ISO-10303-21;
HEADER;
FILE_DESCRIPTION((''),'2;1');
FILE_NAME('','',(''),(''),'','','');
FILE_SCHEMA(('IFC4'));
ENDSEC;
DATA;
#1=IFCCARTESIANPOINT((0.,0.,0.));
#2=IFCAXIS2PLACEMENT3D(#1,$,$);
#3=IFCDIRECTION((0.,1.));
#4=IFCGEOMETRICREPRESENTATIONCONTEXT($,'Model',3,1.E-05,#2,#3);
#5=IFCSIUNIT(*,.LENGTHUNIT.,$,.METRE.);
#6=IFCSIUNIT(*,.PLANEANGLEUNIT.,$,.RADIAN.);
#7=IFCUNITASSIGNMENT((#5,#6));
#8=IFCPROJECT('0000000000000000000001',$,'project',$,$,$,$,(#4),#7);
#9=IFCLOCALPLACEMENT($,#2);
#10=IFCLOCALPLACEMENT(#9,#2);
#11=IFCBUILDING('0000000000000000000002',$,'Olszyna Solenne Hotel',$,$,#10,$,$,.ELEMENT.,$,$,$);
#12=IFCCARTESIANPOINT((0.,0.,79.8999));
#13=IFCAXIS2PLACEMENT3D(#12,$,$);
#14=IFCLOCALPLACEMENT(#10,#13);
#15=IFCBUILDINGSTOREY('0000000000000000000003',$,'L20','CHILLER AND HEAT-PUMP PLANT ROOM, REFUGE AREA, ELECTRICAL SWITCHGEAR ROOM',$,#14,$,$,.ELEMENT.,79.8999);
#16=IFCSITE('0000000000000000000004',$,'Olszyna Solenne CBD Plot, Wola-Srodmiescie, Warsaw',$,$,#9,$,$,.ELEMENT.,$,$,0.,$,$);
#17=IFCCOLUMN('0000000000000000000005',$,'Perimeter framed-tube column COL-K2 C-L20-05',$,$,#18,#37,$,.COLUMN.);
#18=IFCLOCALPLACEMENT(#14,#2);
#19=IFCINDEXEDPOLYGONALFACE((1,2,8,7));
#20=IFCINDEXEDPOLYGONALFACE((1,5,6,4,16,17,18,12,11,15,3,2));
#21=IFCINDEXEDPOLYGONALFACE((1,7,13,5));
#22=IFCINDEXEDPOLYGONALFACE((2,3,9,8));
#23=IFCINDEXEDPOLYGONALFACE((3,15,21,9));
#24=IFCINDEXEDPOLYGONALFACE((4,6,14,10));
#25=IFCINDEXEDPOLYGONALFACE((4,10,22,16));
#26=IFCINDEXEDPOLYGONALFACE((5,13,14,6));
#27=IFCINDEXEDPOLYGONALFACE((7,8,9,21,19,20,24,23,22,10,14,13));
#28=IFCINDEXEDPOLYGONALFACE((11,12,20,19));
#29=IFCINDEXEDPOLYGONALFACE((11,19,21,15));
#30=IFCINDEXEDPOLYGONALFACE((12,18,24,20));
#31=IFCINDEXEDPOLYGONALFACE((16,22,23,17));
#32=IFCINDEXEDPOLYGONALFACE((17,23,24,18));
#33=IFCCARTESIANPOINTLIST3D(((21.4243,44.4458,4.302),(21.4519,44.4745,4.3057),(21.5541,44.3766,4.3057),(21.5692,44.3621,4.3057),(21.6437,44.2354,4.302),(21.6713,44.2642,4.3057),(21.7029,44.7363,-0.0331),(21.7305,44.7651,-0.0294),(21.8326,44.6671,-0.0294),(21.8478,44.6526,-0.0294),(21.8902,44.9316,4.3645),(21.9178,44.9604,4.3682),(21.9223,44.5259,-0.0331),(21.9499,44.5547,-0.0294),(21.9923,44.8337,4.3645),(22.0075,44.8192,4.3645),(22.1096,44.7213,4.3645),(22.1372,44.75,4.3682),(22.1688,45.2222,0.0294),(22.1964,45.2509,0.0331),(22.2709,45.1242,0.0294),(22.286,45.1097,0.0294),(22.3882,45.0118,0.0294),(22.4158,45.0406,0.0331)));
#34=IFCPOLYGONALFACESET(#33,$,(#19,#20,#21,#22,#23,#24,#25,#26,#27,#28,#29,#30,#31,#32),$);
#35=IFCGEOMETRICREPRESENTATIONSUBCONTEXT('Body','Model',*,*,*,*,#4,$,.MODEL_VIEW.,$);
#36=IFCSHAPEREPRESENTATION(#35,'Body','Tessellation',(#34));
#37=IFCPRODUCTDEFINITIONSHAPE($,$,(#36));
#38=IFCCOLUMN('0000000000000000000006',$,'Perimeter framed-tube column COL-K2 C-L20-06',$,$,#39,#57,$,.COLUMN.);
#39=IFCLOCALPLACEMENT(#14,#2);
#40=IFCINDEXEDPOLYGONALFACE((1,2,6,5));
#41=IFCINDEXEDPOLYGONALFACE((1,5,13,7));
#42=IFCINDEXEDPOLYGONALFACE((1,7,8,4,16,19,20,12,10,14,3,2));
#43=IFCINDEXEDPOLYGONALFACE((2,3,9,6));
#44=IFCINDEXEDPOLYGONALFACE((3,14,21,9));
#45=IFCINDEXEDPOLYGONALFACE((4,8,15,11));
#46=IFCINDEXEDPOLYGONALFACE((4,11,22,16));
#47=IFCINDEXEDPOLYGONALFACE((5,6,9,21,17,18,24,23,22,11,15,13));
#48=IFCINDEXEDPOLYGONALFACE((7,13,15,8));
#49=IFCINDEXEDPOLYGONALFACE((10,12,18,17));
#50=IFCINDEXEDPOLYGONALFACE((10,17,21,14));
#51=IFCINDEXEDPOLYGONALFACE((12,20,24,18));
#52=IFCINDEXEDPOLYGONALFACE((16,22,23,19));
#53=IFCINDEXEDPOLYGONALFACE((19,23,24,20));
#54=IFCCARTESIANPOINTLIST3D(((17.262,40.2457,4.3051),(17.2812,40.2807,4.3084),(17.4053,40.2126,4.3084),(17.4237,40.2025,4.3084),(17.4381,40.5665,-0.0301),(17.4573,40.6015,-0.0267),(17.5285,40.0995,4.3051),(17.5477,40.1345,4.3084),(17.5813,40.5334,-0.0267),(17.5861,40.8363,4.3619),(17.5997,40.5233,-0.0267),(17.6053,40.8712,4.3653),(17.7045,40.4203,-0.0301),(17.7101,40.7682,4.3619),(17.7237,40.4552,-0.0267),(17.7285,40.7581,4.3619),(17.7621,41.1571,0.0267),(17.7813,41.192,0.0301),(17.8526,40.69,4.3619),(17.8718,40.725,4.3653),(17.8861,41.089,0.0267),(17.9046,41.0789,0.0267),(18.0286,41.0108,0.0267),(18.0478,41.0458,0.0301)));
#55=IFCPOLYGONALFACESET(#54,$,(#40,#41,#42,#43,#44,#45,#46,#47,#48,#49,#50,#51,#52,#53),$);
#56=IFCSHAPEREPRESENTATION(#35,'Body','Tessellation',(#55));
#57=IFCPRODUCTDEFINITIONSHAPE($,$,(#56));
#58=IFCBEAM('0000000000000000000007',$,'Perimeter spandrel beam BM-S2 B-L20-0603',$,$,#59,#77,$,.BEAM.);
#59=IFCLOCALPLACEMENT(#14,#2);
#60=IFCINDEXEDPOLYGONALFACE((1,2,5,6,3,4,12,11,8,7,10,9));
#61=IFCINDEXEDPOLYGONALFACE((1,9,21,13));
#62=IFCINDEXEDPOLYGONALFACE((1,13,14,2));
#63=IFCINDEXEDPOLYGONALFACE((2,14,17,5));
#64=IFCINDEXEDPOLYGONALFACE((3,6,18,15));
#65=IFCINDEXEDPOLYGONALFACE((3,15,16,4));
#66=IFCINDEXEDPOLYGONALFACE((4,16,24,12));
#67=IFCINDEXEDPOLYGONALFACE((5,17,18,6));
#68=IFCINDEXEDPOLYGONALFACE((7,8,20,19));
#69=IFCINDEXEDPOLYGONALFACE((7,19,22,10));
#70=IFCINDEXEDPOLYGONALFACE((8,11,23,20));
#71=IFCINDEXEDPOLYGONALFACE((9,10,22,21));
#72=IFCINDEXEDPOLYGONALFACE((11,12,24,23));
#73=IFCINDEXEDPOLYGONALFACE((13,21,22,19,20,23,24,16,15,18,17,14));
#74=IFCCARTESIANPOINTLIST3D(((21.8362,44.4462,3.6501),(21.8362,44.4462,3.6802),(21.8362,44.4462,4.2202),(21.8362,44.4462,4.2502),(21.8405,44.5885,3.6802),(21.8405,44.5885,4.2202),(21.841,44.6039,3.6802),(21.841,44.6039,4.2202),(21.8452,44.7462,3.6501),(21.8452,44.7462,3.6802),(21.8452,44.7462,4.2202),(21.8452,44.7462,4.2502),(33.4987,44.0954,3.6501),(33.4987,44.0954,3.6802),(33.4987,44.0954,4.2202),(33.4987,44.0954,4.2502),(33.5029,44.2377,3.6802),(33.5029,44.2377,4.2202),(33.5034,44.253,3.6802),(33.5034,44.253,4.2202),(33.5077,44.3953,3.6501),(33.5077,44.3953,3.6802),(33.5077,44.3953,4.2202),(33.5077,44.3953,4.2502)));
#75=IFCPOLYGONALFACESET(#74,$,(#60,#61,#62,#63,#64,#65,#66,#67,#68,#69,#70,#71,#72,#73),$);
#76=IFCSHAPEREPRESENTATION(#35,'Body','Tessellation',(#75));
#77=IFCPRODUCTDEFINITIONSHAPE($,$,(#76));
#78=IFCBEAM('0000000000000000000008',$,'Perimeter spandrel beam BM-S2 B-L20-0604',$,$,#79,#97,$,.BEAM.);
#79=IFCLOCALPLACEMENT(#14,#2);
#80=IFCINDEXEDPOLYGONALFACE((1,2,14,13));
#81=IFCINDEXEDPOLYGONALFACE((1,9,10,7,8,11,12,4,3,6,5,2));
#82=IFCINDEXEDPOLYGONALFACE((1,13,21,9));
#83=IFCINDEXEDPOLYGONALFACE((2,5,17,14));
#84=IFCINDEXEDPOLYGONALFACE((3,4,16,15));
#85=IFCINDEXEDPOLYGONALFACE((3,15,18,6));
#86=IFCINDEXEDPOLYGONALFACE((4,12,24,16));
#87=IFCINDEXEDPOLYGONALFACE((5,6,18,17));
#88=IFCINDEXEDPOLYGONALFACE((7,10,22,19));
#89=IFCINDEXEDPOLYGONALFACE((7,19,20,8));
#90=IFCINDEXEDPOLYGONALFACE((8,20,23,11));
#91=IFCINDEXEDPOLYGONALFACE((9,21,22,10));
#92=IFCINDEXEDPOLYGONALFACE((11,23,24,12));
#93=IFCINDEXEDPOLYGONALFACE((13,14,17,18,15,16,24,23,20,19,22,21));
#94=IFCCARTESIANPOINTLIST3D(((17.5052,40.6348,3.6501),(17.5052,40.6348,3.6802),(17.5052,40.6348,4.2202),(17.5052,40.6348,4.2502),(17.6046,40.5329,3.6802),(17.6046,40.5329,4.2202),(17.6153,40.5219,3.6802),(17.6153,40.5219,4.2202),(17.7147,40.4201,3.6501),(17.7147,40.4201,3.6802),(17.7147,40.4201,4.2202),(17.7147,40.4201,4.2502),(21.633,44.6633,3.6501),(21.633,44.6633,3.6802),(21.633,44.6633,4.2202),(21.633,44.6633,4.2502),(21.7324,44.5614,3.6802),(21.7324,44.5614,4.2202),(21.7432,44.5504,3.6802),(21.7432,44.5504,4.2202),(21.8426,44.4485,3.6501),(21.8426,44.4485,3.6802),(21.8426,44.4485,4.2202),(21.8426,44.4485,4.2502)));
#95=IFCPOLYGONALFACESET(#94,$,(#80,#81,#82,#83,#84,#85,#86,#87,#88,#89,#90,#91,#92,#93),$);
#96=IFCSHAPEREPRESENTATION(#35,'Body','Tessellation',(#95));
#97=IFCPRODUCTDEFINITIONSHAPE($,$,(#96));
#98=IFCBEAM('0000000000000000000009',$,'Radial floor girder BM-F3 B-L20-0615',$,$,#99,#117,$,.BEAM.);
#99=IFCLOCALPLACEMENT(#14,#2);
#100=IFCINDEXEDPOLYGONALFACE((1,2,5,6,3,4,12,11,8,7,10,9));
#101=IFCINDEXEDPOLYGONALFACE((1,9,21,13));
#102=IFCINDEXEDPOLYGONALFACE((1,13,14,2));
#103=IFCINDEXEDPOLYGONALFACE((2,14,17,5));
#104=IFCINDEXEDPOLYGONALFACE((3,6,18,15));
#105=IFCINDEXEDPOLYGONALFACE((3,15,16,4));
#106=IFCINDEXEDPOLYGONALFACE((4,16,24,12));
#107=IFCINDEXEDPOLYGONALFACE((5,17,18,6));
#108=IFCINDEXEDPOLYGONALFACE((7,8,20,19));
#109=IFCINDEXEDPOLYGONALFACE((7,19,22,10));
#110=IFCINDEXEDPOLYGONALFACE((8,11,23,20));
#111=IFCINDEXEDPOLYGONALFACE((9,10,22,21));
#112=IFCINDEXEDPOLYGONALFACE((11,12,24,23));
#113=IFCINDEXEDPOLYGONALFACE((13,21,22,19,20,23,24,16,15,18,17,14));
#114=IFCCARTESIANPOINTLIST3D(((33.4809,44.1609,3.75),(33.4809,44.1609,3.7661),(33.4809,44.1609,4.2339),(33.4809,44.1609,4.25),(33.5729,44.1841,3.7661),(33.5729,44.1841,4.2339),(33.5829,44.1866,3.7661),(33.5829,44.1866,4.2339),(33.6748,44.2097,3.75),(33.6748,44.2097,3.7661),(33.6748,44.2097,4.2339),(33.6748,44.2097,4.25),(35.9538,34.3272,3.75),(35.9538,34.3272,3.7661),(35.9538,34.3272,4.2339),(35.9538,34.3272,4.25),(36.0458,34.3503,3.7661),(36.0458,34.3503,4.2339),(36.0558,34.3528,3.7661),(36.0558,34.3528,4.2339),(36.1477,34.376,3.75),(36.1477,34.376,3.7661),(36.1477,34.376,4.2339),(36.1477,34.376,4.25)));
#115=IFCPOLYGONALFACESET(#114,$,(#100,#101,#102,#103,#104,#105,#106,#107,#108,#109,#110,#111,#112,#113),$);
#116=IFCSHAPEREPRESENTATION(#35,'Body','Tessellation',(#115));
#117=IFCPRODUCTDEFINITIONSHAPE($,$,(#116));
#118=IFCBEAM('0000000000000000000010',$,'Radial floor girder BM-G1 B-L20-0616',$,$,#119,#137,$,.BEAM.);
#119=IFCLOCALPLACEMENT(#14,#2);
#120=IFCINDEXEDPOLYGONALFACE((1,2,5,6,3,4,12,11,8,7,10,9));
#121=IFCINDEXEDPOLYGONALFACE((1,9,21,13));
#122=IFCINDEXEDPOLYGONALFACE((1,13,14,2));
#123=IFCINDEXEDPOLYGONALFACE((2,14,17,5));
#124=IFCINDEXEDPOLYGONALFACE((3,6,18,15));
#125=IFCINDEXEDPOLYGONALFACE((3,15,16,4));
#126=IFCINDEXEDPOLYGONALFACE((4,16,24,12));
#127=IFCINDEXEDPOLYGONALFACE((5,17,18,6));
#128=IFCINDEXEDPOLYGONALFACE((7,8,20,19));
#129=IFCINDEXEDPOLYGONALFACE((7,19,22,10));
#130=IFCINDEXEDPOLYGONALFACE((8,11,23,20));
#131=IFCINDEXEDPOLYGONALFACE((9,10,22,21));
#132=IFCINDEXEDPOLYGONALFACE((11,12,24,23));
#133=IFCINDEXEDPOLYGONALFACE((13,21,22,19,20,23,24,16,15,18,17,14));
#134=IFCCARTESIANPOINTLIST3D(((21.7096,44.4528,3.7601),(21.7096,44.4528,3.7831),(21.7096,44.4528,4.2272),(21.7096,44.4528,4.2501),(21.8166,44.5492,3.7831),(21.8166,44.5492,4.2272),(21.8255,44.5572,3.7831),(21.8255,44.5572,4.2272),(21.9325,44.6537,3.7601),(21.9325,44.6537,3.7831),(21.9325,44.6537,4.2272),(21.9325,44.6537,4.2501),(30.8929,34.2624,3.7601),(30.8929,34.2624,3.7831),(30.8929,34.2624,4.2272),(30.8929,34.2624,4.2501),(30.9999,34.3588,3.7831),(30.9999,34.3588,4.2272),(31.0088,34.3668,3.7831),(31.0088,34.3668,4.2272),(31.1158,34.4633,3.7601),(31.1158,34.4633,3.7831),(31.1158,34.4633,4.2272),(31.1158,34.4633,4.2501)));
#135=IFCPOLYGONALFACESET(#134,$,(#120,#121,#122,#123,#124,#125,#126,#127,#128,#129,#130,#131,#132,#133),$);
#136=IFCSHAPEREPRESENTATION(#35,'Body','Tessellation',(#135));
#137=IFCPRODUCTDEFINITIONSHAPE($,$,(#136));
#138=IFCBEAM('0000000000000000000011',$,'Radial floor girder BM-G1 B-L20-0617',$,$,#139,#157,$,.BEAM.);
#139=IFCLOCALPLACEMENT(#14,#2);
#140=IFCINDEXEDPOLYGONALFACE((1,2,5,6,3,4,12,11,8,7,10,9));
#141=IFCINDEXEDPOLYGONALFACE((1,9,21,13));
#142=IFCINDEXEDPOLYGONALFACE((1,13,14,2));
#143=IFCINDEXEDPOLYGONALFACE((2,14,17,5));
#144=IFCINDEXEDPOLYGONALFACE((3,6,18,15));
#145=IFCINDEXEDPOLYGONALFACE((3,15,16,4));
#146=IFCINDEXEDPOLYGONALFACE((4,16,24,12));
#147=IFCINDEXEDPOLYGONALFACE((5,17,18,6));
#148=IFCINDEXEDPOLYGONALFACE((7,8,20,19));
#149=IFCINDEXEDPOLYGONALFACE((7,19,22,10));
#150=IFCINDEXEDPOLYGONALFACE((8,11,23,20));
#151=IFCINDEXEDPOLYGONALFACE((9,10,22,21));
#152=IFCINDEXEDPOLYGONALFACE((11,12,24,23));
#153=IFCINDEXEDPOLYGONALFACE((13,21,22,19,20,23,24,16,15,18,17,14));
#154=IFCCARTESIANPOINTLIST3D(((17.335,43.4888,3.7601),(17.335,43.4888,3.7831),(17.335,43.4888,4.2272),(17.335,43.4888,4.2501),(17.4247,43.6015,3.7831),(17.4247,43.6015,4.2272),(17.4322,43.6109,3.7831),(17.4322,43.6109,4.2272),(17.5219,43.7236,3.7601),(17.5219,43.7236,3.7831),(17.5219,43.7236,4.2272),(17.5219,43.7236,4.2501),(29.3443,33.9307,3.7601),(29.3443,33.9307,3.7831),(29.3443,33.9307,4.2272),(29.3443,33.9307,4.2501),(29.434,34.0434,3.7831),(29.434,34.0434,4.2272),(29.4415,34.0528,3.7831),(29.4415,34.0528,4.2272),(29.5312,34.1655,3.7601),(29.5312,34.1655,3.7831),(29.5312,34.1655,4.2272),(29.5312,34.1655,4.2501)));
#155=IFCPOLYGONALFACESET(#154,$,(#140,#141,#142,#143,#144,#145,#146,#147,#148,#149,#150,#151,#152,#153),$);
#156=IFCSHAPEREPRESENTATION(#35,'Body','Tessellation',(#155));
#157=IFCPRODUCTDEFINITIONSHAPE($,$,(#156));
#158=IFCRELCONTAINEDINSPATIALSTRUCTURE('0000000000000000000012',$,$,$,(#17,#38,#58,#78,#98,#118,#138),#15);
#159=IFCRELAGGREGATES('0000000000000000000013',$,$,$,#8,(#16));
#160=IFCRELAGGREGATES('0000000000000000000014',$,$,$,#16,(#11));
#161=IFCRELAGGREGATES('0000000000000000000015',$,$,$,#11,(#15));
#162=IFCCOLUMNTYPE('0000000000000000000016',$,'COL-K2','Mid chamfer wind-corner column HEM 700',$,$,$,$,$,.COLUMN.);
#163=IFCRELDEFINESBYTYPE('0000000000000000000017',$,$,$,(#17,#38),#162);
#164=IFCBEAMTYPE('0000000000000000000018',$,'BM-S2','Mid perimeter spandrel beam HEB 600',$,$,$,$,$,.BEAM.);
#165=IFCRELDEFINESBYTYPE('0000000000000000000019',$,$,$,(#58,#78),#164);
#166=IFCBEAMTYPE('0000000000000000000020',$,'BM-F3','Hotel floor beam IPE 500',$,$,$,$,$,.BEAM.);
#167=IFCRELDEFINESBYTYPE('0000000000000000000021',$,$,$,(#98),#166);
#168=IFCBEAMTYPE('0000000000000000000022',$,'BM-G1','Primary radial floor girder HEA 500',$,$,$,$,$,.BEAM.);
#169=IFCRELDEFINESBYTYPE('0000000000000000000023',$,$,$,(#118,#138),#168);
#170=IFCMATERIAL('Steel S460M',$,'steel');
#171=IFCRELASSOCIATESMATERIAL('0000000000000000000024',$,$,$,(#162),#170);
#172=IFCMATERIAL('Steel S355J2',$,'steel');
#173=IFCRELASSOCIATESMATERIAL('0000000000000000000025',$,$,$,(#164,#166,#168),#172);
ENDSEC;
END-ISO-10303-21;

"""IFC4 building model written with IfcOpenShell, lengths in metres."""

from ifc_helpers import new_model, si_unit, direction, frame, origin, origin_2d, place, context, subcontext, project, spatial, i_section, extrude, source, transform, mapped, material, material_profile, profile_set, type_object, element, save


model = new_model("IFC4")

# Units and contexts
model_context = context("Model", 3, precision=1e-05, world=origin(), true_north=direction((0.0, 1.0)))
body_context = subcontext(model_context, "Body", "Model", "MODEL_VIEW")
ifc_project = project(units=[si_unit("LENGTHUNIT", "METRE"), si_unit("PLANEANGLEUNIT", "RADIAN")], contexts=[model_context])

# Site, building, storey
site_placement = place(None, origin())
site = spatial("IfcSite", under=ifc_project, at=site_placement, Name="Olszyna Solenne CBD Plot, Wola-Srodmiescie, Warsaw", CompositionType="ELEMENT", RefElevation=0.0)
building_placement = place(site_placement, origin())
building = spatial("IfcBuilding", under=site, at=building_placement, Name="Olszyna Solenne Hotel", CompositionType="ELEMENT")
storey_placement = place(building_placement, frame((0.0, 0.0, 79.8999)))
storey = spatial("IfcBuildingStorey", under=building, at=storey_placement, Name="L20", Description="CHILLER AND HEAT-PUMP PLANT ROOM, REFUGE AREA, ELECTRICAL SWITCHGEAR ROOM", CompositionType="ELEMENT", Elevation=79.8999)

# Columns
ifc_material_1 = material(Name="Steel S460M", Category="steel")
ifc_material_profile_1 = material_profile(ifc_material_1, i_section(OverallWidth=0.304, OverallDepth=0.7161, WebThickness=0.021, FlangeThickness=0.04, at=origin_2d()), Name="HEM 700", Category="load-bearing")
ifc_profile_set_1 = profile_set([ifc_material_profile_1], Name="Steel S460M")
column_type = type_object("IfcColumnType", Name="COL-K2", Description="Mid chamfer wind-corner column HEM 700", PredefinedType="COLUMN", material=ifc_profile_set_1)
shared_shape_1 = source(origin(), body_context, "Body", "SweptSolid", [
    extrude(i_section(OverallWidth=0.304, OverallDepth=0.7161, WebThickness=0.021, FlangeThickness=0.04, at=origin_2d()), origin(), (0.0, 0.0, 1.0), 4.3538),
])
column_1_placement = place(storey_placement, frame((22.0593, 44.8884, 0.0), z_axis=(-0.063981, -0.066729, 0.995718), x_axis=(0.721811, -0.69209, 0.0)))
element("IfcColumn", 1, at=column_1_placement, inside=storey, type_object=column_type, Name="Perimeter framed-tube column COL-K2 C-L20-05", PredefinedType="COLUMN", context=body_context, shape_type="MappedRepresentation", body=[
    mapped(shared_shape_1, transform((0.0, 0.0, 0.0), x_axis=(1.0, 0.0, 0.0), y_axis=(0.0, 1.0, 0.0), z_axis=(0.0, 0.0, 1.0), scale=1.0)),
])
shared_shape_2 = source(origin(), body_context, "Body", "SweptSolid", [
    extrude(i_section(OverallWidth=0.304, OverallDepth=0.7161, WebThickness=0.021, FlangeThickness=0.04, at=origin_2d()), origin(), (0.0, 0.0, 1.0), 4.3506),
])
column_2_placement = place(storey_placement, frame((17.7429, 40.8062, 0.0), z_axis=(-0.04046, -0.073737, 0.996457), x_axis=(0.876694, -0.481048, 0.0)))
element("IfcColumn", 2, at=column_2_placement, inside=storey, type_object=column_type, Name="Perimeter framed-tube column COL-K2 C-L20-06", PredefinedType="COLUMN", context=body_context, shape_type="MappedRepresentation", body=[
    mapped(shared_shape_2, transform((0.0, 0.0, 0.0), x_axis=(1.0, 0.0, 0.0), y_axis=(0.0, 1.0, 0.0), z_axis=(0.0, 0.0, 1.0), scale=1.0)),
])

# Beams
ifc_material_2 = material(Name="Steel S355J2", Category="steel")
ifc_material_profile_2 = material_profile(ifc_material_2, i_section(OverallWidth=0.3, OverallDepth=0.6001, WebThickness=0.0154, FlangeThickness=0.03, at=origin_2d()), Name="HEB 600", Category="load-bearing")
ifc_profile_set_2 = profile_set([ifc_material_profile_2], Name="Steel S355J2")
beam_type_1 = type_object("IfcBeamType", Name="BM-S2", Description="Mid perimeter spandrel beam HEB 600", PredefinedType="BEAM", material=ifc_profile_set_2)
shared_shape_3 = source(origin(), body_context, "Body", "SweptSolid", [
    extrude(i_section(OverallWidth=0.3, OverallDepth=0.6001, WebThickness=0.0154, FlangeThickness=0.03, at=origin_2d()), origin(), (0.0, 0.0, 1.0), 11.6677),
])
beam_1_placement = place(storey_placement, frame((33.5032, 44.2454, 3.9502), z_axis=(-0.999548, 0.030069, 0.0), x_axis=(-0.030069, -0.999548, 0.0)))
element("IfcBeam", 3, at=beam_1_placement, inside=storey, type_object=beam_type_1, Name="Perimeter spandrel beam BM-S2 B-L20-0603", PredefinedType="BEAM", context=body_context, shape_type="MappedRepresentation", body=[
    mapped(shared_shape_3, transform((0.0, 0.0, 0.0), x_axis=(1.0, 0.0, 0.0), y_axis=(0.0, 1.0, 0.0), z_axis=(0.0, 0.0, 1.0), scale=1.0)),
])
shared_shape_4 = source(origin(), body_context, "Body", "SweptSolid", [
    extrude(i_section(OverallWidth=0.3, OverallDepth=0.6001, WebThickness=0.0154, FlangeThickness=0.03, at=origin_2d()), origin(), (0.0, 0.0, 1.0), 5.7678),
])
beam_2_placement = place(storey_placement, frame((21.7378, 44.5559, 3.9502), z_axis=(-0.715668, -0.698441, 0.0), x_axis=(0.698441, -0.715668, 0.0)))
element("IfcBeam", 4, at=beam_2_placement, inside=storey, type_object=beam_type_1, Name="Perimeter spandrel beam BM-S2 B-L20-0604", PredefinedType="BEAM", context=body_context, shape_type="MappedRepresentation", body=[
    mapped(shared_shape_4, transform((0.0, 0.0, 0.0), x_axis=(1.0, 0.0, 0.0), y_axis=(0.0, 1.0, 0.0), z_axis=(0.0, 0.0, 1.0), scale=1.0)),
])
ifc_material_profile_3 = material_profile(ifc_material_2, i_section(OverallWidth=0.2, OverallDepth=0.5, WebThickness=0.0103, FlangeThickness=0.0161, at=origin_2d()), Name="IPE 500", Category="load-bearing")
ifc_profile_set_3 = profile_set([ifc_material_profile_3], Name="Steel S355J2")
beam_type_2 = type_object("IfcBeamType", Name="BM-F3", Description="Hotel floor beam IPE 500", PredefinedType="BEAM", material=ifc_profile_set_3)
shared_shape_5 = source(origin(), body_context, "Body", "SweptSolid", [
    extrude(i_section(OverallWidth=0.2, OverallDepth=0.5, WebThickness=0.0103, FlangeThickness=0.0161, at=origin_2d()), origin(), (0.0, 0.0, 1.0), 10.1399),
])
beam_3_placement = place(storey_placement, frame((33.5779, 44.1853, 4.0), z_axis=(0.243878, -0.969806, 0.0), x_axis=(0.969806, 0.243878, 0.0)))
element("IfcBeam", 5, at=beam_3_placement, inside=storey, type_object=beam_type_2, Name="Radial floor girder BM-F3 B-L20-0615", PredefinedType="BEAM", context=body_context, shape_type="MappedRepresentation", body=[
    mapped(shared_shape_5, transform((0.0, 0.0, 0.0), x_axis=(1.0, 0.0, 0.0), y_axis=(0.0, 1.0, 0.0), z_axis=(0.0, 0.0, 1.0), scale=1.0)),
])
ifc_material_profile_4 = material_profile(ifc_material_2, i_section(OverallWidth=0.3, OverallDepth=0.49, WebThickness=0.012, FlangeThickness=0.0229, at=origin_2d()), Name="HEA 500", Category="load-bearing")
ifc_profile_set_4 = profile_set([ifc_material_profile_4], Name="Steel S355J2")
beam_type_3 = type_object("IfcBeamType", Name="BM-G1", Description="Primary radial floor girder HEA 500", PredefinedType="BEAM", material=ifc_profile_set_4)
shared_shape_6 = source(origin(), body_context, "Body", "SweptSolid", [
    extrude(i_section(OverallWidth=0.3, OverallDepth=0.49, WebThickness=0.012, FlangeThickness=0.0229, at=origin_2d()), origin(), (0.0, 0.0, 1.0), 13.7178),
])
beam_4_placement = place(storey_placement, frame((21.821, 44.5532, 4.0051), z_axis=(0.669446, -0.74286, 0.0), x_axis=(0.74286, 0.669446, 0.0)))
element("IfcBeam", 6, at=beam_4_placement, inside=storey, type_object=beam_type_3, Name="Radial floor girder BM-G1 B-L20-0616", PredefinedType="BEAM", context=body_context, shape_type="MappedRepresentation", body=[
    mapped(shared_shape_6, transform((0.0, 0.0, 0.0), x_axis=(1.0, 0.0, 0.0), y_axis=(0.0, 1.0, 0.0), z_axis=(0.0, 0.0, 1.0), scale=1.0)),
])
shared_shape_7 = source(origin(), body_context, "Body", "SweptSolid", [
    extrude(i_section(OverallWidth=0.3, OverallDepth=0.49, WebThickness=0.012, FlangeThickness=0.0229, at=origin_2d()), origin(), (0.0, 0.0, 1.0), 15.3486),
])
beam_5_placement = place(storey_placement, frame((17.4285, 43.6062, 4.0051), z_axis=(0.782434, -0.622734, 0.0), x_axis=(0.622734, 0.782434, 0.0)))
element("IfcBeam", 7, at=beam_5_placement, inside=storey, type_object=beam_type_3, Name="Radial floor girder BM-G1 B-L20-0617", PredefinedType="BEAM", context=body_context, shape_type="MappedRepresentation", body=[
    mapped(shared_shape_7, transform((0.0, 0.0, 0.0), x_axis=(1.0, 0.0, 0.0), y_axis=(0.0, 1.0, 0.0), z_axis=(0.0, 0.0, 1.0), scale=1.0)),
])

save(model, "model.ifc")
